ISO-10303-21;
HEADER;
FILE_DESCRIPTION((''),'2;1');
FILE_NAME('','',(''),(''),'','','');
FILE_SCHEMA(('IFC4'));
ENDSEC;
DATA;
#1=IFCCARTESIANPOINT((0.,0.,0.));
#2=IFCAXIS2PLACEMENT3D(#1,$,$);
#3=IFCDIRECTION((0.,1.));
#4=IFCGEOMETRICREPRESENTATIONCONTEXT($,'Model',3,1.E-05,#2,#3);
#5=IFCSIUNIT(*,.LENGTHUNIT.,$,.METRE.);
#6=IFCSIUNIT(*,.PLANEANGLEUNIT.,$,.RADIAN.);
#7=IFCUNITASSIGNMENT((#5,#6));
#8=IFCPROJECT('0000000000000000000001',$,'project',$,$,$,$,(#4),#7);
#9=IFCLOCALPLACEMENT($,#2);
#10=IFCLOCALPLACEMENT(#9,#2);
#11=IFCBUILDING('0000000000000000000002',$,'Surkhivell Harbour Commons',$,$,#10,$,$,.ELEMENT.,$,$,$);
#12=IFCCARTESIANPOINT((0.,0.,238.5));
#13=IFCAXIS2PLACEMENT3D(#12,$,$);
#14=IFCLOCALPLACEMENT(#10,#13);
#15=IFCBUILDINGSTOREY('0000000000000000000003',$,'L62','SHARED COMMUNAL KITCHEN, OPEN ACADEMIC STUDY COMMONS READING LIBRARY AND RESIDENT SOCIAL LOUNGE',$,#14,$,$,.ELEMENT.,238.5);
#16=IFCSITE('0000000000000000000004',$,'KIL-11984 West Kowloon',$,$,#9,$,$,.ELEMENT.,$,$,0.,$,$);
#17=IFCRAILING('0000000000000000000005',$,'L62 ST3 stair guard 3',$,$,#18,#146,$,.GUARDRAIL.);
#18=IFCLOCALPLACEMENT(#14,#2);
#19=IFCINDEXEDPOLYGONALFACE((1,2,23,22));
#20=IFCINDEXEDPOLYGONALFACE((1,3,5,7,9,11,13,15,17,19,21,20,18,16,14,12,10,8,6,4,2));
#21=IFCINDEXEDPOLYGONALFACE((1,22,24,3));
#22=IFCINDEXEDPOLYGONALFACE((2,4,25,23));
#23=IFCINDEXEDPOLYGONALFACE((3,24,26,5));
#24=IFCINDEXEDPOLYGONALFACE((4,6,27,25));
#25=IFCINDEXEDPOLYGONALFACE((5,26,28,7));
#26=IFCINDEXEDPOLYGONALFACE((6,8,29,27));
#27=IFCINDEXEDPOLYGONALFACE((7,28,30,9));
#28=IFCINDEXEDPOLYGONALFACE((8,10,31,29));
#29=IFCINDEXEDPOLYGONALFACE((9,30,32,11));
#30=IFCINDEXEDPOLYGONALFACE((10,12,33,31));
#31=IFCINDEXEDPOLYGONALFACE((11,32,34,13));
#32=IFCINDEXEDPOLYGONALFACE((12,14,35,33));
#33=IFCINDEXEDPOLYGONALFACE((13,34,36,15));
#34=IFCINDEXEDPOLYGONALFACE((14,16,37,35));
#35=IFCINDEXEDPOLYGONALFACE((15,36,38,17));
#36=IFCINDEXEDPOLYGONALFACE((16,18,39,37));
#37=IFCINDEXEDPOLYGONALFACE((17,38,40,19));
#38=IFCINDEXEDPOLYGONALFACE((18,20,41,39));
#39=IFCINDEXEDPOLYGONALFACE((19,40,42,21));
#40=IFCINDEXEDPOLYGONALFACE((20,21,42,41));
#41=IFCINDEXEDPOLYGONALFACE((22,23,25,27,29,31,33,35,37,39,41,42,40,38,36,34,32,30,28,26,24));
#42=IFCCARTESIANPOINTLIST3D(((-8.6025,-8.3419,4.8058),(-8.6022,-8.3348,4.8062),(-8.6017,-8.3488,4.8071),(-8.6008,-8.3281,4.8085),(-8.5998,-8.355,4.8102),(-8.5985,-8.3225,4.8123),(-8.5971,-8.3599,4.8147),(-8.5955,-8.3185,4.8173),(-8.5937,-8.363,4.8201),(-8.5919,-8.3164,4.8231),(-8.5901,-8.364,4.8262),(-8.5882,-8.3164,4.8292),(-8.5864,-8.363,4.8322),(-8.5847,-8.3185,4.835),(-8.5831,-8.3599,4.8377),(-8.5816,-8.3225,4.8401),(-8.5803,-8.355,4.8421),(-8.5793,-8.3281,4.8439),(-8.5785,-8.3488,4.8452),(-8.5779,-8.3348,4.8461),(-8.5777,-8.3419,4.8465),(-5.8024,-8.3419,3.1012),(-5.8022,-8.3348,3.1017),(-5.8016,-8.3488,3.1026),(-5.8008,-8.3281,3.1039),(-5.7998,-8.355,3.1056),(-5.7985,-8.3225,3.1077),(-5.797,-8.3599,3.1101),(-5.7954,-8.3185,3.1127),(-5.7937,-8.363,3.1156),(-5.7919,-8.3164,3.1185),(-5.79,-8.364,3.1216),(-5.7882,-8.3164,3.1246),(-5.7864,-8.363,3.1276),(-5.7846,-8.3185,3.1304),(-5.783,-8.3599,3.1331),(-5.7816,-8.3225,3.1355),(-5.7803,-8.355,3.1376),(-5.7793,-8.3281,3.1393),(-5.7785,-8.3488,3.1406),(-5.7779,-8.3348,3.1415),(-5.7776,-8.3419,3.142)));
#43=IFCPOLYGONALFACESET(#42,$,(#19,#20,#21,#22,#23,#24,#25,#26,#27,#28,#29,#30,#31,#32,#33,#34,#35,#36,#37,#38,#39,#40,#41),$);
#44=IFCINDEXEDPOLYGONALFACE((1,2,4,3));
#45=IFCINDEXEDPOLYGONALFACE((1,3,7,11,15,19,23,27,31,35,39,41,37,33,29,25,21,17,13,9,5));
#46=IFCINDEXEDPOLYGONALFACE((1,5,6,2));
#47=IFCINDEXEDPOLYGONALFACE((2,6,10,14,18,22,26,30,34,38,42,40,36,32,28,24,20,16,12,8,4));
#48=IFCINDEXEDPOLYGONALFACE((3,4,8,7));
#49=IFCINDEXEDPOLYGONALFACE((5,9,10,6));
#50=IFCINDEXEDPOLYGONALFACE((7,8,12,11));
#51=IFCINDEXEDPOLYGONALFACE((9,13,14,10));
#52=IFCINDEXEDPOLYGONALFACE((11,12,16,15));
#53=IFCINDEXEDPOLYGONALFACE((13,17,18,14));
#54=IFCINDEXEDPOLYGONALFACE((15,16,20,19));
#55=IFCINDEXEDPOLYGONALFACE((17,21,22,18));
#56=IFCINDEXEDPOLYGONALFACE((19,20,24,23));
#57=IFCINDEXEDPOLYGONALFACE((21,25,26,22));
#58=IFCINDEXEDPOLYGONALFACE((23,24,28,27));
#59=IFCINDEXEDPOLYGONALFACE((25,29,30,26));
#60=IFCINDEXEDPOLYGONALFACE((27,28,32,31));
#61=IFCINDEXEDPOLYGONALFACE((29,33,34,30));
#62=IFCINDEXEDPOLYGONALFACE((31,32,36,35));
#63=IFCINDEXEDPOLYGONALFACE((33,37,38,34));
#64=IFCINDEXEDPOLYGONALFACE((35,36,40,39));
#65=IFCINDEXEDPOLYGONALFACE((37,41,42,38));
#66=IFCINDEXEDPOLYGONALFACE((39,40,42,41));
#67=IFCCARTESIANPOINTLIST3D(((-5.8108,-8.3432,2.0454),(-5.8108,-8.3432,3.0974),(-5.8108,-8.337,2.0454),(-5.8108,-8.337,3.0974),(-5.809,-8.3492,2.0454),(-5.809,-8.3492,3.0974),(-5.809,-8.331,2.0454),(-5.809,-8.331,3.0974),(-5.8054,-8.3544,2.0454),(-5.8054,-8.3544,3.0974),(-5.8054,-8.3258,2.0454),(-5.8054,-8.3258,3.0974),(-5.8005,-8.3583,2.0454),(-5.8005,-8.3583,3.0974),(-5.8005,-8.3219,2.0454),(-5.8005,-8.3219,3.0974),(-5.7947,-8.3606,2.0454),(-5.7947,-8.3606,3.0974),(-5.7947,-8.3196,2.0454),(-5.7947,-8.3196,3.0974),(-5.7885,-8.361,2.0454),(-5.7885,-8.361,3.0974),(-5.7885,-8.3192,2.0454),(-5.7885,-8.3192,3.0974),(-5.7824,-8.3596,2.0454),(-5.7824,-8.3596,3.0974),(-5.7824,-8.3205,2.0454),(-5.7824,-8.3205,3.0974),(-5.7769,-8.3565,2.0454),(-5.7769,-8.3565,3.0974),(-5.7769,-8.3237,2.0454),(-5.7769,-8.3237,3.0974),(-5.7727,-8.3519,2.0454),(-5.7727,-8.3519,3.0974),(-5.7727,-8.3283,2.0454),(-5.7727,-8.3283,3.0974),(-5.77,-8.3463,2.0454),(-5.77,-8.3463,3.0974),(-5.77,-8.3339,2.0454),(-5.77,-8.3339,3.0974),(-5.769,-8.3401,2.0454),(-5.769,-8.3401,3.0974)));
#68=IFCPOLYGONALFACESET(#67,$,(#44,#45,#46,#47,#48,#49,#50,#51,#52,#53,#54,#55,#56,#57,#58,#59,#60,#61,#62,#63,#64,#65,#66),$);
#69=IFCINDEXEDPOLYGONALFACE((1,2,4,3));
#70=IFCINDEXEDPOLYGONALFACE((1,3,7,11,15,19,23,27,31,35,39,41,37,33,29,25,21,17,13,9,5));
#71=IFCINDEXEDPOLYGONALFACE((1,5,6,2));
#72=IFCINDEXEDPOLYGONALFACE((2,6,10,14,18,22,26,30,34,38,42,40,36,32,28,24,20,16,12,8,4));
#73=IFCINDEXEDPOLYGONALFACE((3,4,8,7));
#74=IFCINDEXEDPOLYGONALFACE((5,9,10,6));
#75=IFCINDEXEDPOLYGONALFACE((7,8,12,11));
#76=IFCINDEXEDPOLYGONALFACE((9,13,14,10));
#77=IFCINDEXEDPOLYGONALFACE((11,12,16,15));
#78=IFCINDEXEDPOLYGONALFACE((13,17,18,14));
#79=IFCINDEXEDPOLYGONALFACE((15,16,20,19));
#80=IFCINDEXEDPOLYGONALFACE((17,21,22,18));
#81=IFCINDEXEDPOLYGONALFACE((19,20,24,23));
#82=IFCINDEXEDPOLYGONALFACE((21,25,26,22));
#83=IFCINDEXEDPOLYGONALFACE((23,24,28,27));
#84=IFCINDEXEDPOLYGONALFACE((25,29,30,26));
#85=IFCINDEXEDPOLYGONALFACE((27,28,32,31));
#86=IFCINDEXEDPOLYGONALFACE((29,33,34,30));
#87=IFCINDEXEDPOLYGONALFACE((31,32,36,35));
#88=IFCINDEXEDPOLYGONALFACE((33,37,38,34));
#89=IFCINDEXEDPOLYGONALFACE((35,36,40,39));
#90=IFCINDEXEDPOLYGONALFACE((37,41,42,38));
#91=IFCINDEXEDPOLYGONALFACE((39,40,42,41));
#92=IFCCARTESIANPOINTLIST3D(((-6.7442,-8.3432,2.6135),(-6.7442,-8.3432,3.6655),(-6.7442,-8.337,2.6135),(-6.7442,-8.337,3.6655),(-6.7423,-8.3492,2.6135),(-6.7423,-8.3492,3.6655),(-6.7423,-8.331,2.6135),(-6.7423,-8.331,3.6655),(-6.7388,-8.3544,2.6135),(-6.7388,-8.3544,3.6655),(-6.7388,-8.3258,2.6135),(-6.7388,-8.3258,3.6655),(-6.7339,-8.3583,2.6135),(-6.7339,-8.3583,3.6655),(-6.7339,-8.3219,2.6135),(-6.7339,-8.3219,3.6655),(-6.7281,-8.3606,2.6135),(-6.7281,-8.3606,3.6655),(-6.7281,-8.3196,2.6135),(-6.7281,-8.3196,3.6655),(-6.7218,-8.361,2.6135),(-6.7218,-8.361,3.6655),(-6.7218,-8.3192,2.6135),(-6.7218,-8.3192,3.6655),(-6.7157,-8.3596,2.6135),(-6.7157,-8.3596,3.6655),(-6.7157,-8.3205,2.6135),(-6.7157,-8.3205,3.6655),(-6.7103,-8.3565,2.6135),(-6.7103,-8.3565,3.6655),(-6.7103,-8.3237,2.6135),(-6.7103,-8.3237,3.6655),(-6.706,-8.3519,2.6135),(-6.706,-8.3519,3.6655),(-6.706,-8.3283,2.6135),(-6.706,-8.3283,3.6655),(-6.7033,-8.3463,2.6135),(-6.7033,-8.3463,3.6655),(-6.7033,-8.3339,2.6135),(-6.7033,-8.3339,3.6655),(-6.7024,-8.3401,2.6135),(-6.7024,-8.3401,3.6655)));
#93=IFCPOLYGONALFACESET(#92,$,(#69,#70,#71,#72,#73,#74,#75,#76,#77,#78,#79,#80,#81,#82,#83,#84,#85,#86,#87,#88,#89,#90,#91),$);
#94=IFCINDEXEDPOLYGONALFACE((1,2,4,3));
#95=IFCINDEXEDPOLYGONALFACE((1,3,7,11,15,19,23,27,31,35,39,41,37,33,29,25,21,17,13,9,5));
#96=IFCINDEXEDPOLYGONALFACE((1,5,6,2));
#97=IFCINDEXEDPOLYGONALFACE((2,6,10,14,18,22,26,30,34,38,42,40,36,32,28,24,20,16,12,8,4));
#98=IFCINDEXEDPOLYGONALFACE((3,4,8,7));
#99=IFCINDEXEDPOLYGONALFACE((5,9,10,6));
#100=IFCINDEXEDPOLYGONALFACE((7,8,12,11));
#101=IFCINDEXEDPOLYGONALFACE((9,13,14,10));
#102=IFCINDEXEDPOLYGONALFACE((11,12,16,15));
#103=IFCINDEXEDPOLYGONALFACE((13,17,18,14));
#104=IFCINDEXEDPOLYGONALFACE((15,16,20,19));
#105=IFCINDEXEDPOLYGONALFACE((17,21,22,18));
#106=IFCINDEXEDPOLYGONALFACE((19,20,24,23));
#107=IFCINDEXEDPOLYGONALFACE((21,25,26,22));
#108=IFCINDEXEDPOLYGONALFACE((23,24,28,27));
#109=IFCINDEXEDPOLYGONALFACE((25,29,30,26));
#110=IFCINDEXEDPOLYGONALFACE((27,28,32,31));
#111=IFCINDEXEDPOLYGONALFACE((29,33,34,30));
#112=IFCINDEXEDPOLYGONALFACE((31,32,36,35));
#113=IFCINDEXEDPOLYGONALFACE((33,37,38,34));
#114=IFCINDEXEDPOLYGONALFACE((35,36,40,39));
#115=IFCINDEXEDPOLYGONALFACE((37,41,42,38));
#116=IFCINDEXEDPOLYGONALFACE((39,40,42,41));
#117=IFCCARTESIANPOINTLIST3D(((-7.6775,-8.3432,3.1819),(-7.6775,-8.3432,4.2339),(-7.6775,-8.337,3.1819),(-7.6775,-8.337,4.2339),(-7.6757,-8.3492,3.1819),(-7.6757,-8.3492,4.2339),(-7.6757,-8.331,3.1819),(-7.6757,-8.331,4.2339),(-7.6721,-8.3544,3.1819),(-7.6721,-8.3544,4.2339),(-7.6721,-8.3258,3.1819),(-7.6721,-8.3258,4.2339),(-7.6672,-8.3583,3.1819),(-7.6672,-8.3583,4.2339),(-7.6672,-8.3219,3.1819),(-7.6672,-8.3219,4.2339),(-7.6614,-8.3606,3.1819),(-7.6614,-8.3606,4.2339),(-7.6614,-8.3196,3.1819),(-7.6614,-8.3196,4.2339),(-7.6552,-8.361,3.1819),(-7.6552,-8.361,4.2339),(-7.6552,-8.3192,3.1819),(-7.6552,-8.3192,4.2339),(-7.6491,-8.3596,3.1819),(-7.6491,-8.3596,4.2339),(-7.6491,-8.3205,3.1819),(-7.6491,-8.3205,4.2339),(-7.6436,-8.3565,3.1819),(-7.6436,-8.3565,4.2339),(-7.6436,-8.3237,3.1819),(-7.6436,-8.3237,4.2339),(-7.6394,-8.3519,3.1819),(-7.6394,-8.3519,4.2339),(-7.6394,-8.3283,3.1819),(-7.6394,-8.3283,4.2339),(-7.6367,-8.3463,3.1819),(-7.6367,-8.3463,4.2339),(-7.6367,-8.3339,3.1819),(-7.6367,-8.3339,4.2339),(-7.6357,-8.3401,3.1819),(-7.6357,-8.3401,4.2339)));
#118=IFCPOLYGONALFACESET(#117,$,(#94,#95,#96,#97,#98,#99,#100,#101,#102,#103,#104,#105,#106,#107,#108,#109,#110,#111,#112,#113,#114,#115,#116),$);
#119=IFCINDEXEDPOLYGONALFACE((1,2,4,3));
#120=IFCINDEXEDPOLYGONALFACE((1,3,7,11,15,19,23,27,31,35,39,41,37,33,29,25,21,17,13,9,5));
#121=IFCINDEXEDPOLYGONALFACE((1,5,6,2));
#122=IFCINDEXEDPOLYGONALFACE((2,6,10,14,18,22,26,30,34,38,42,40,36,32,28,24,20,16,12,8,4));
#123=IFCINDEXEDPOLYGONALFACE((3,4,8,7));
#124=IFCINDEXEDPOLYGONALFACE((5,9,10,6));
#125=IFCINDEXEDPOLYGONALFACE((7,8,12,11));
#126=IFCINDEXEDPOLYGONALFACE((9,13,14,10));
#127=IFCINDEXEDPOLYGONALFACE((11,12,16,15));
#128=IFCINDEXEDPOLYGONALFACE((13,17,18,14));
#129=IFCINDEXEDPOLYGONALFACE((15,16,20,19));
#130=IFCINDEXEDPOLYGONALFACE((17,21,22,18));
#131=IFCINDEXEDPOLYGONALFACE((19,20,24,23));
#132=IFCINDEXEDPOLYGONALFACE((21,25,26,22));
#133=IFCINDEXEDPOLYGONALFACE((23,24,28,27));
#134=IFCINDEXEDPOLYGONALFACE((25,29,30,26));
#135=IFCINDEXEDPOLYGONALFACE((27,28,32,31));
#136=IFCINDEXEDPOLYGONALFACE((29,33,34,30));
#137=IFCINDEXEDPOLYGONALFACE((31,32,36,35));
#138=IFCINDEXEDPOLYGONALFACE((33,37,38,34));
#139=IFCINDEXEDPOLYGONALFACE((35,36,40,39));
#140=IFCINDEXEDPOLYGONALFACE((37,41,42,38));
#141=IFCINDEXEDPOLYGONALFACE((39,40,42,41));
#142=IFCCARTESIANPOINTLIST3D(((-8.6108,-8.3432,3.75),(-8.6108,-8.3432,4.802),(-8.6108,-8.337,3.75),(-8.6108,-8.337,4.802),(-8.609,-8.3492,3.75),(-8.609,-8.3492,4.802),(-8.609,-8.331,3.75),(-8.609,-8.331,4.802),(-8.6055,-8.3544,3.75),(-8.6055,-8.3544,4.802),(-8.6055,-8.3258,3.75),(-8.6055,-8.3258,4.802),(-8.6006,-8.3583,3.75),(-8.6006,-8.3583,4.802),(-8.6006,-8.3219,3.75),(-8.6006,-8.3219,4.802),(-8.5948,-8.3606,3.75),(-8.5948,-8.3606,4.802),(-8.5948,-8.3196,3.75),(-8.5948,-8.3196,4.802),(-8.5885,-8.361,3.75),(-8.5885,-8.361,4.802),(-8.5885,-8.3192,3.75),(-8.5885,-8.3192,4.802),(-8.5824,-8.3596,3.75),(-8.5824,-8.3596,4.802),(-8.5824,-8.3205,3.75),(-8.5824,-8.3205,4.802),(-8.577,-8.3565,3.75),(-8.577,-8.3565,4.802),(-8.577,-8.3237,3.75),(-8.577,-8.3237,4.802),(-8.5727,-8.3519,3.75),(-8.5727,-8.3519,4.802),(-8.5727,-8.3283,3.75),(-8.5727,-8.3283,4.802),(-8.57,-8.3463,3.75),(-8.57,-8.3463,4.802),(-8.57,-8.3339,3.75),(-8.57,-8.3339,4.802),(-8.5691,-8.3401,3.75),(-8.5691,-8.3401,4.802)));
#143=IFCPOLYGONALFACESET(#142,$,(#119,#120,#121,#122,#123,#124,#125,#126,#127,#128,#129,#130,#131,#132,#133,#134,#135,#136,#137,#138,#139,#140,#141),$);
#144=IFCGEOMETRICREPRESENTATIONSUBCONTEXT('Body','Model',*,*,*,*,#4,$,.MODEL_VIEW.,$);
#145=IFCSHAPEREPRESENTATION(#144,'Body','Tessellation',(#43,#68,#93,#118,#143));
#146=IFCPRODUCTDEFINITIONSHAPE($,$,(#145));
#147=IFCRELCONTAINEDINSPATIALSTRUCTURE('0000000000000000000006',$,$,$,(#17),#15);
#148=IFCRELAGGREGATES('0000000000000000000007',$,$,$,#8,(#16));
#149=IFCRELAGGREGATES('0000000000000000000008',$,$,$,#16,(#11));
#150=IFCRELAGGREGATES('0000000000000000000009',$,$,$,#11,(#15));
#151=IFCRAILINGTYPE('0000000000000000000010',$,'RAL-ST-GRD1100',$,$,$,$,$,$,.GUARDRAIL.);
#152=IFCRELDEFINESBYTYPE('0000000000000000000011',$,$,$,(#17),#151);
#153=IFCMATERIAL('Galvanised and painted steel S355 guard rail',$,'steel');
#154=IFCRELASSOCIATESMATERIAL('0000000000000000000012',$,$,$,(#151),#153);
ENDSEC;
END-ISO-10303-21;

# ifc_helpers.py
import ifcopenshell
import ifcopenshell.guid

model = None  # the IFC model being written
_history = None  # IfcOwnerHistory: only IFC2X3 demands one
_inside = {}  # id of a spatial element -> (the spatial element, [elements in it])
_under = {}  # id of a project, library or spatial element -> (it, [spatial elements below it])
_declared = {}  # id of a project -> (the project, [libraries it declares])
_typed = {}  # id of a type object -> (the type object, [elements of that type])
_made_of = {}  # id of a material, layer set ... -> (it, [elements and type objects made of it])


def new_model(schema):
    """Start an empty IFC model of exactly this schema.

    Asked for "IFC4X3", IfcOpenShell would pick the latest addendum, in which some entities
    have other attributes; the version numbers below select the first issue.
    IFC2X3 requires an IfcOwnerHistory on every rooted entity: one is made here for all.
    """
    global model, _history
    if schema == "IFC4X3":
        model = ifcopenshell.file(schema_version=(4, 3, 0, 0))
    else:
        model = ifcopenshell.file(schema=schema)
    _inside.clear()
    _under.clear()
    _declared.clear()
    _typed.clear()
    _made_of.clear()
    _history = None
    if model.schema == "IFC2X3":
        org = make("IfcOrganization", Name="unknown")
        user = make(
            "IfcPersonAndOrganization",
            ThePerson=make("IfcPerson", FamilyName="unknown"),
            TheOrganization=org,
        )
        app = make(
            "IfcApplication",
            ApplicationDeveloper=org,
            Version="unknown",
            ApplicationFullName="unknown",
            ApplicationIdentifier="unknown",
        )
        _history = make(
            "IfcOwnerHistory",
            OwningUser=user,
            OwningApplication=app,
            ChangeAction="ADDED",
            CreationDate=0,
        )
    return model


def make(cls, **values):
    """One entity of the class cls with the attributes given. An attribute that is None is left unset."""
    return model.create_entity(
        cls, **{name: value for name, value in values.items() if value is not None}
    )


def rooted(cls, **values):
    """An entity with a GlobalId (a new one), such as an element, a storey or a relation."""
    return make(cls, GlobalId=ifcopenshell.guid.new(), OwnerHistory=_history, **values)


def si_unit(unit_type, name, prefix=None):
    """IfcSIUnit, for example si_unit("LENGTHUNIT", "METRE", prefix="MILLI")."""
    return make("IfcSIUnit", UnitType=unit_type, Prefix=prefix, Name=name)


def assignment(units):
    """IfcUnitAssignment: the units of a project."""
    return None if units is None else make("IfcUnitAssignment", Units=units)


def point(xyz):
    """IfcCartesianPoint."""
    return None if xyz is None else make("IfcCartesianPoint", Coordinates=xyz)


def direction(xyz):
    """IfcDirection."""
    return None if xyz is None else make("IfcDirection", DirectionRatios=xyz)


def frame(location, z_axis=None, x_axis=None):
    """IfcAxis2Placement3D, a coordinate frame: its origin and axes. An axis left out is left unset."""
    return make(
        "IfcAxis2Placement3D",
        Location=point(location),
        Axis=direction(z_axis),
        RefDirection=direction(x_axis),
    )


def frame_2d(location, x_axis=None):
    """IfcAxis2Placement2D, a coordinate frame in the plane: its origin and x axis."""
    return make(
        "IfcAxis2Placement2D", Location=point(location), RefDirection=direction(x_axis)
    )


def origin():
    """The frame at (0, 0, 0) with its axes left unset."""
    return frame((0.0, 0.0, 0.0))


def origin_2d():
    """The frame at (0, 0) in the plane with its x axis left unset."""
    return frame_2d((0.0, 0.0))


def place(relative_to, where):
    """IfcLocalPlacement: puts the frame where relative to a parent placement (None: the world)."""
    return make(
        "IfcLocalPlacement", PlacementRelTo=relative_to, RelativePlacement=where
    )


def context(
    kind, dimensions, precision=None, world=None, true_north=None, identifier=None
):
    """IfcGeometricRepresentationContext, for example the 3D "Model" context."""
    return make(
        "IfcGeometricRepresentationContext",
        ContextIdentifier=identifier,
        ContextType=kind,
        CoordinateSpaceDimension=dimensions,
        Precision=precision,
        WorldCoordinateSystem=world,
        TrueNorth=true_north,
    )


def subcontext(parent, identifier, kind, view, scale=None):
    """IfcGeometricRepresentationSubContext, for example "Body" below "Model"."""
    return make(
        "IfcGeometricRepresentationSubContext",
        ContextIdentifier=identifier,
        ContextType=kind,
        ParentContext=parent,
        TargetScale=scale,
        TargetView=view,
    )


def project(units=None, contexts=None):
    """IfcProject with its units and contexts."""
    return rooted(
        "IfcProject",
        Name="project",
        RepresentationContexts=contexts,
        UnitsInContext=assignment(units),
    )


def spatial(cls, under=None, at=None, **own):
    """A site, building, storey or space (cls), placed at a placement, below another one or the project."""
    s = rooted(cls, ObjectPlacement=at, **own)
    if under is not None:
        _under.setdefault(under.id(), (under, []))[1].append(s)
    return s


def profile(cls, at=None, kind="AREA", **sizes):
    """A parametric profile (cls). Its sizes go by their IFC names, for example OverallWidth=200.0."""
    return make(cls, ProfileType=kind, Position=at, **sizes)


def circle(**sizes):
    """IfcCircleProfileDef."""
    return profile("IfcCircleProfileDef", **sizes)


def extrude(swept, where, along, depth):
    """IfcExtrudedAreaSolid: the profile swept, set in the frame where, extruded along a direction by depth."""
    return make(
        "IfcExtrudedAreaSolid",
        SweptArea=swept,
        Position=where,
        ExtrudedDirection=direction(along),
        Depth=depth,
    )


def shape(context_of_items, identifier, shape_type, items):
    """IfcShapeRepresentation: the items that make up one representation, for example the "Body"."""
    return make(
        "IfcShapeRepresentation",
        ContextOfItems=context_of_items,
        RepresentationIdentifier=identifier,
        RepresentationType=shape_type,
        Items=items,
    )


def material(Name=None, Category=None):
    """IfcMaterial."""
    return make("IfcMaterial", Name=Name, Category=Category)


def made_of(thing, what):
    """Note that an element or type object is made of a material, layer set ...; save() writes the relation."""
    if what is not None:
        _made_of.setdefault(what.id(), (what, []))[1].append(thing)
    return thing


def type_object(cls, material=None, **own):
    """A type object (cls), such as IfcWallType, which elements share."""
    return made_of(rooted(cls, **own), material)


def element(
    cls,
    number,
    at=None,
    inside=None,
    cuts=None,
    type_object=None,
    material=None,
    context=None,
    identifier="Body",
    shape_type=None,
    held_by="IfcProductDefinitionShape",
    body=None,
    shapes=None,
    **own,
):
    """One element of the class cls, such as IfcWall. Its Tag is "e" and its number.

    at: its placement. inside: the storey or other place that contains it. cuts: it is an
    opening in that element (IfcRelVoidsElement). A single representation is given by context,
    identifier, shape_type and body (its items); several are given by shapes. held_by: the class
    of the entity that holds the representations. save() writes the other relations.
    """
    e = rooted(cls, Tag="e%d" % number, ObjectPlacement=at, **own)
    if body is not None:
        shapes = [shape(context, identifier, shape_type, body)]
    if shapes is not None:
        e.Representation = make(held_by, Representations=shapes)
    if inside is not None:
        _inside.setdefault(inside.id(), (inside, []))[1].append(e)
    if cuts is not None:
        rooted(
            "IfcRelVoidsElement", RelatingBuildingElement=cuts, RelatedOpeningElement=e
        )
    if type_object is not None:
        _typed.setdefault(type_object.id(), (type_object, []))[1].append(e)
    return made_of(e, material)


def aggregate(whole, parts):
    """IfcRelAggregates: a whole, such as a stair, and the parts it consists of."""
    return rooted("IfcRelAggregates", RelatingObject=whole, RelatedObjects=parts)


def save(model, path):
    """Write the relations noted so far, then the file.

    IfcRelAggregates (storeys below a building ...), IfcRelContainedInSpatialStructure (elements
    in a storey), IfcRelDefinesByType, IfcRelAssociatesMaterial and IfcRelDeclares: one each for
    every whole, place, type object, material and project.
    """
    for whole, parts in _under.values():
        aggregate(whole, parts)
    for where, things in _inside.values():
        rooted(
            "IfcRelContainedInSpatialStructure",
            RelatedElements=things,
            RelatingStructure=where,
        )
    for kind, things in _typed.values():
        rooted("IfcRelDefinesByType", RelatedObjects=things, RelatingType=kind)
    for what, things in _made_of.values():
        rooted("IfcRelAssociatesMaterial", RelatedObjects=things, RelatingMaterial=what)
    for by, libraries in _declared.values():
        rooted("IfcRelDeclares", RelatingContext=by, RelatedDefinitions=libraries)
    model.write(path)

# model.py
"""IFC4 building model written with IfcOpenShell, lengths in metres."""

from ifc_helpers import new_model, si_unit, direction, frame, origin, origin_2d, place, context, subcontext, project, spatial, circle, extrude, material, type_object, element, save


model = new_model("IFC4")

# Units and contexts
model_context = context("Model", 3, precision=1e-05, world=origin(), true_north=direction((0.0, 1.0)))
body_context = subcontext(model_context, "Body", "Model", "MODEL_VIEW")
ifc_project = project(units=[si_unit("LENGTHUNIT", "METRE"), si_unit("PLANEANGLEUNIT", "RADIAN")], contexts=[model_context])

# Site, building, storey
site_placement = place(None, origin())
site = spatial("IfcSite", under=ifc_project, at=site_placement, Name="KIL-11984 West Kowloon", CompositionType="ELEMENT", RefElevation=0.0)
building_placement = place(site_placement, origin())
building = spatial("IfcBuilding", under=site, at=building_placement, Name="Surkhivell Harbour Commons", CompositionType="ELEMENT")
storey_placement = place(building_placement, frame((0.0, 0.0, 238.5)))
storey = spatial("IfcBuildingStorey", under=building, at=storey_placement, Name="L62", Description="SHARED COMMUNAL KITCHEN, OPEN ACADEMIC STUDY COMMONS READING LIBRARY AND RESIDENT SOCIAL LOUNGE", CompositionType="ELEMENT", Elevation=238.5)

# Railing
ifc_material_1 = material(Name="Galvanised and painted steel S355 guard rail", Category="steel")
railing_type_1 = type_object("IfcRailingType", Name="RAL-ST-GRD1100", PredefinedType="GUARDRAIL", material=ifc_material_1)
railing_1_placement = place(storey_placement, frame((-5.79, -8.3401, 2.0454)))
element("IfcRailing", 1, at=railing_1_placement, inside=storey, type_object=railing_type_1, Name="L62 ST3 stair guard 3", PredefinedType="GUARDRAIL", context=body_context, shape_type="SweptSolid", body=[
    extrude(circle(Radius=0.0239, at=origin_2d()), frame((0.0, 0.0, 1.0762), z_axis=(-0.85417, 0.0, 0.519994), x_axis=(0.0, -1.0, 0.0)), (0.0, 0.0, 1.0), 3.2781),
    extrude(circle(Radius=0.021, at=origin_2d()), origin(), (0.0, 0.0, 1.0), 1.052),
    extrude(circle(Radius=0.021, at=origin_2d()), frame((-0.9333, 0.0, 0.5681)), (0.0, 0.0, 1.0), 1.052),
    extrude(circle(Radius=0.021, at=origin_2d()), frame((-1.8667, 0.0, 1.1365)), (0.0, 0.0, 1.0), 1.052),
    extrude(circle(Radius=0.021, at=origin_2d()), frame((-2.8, 0.0, 1.7046)), (0.0, 0.0, 1.0), 1.052),
])

save(model, "model.ifc")
